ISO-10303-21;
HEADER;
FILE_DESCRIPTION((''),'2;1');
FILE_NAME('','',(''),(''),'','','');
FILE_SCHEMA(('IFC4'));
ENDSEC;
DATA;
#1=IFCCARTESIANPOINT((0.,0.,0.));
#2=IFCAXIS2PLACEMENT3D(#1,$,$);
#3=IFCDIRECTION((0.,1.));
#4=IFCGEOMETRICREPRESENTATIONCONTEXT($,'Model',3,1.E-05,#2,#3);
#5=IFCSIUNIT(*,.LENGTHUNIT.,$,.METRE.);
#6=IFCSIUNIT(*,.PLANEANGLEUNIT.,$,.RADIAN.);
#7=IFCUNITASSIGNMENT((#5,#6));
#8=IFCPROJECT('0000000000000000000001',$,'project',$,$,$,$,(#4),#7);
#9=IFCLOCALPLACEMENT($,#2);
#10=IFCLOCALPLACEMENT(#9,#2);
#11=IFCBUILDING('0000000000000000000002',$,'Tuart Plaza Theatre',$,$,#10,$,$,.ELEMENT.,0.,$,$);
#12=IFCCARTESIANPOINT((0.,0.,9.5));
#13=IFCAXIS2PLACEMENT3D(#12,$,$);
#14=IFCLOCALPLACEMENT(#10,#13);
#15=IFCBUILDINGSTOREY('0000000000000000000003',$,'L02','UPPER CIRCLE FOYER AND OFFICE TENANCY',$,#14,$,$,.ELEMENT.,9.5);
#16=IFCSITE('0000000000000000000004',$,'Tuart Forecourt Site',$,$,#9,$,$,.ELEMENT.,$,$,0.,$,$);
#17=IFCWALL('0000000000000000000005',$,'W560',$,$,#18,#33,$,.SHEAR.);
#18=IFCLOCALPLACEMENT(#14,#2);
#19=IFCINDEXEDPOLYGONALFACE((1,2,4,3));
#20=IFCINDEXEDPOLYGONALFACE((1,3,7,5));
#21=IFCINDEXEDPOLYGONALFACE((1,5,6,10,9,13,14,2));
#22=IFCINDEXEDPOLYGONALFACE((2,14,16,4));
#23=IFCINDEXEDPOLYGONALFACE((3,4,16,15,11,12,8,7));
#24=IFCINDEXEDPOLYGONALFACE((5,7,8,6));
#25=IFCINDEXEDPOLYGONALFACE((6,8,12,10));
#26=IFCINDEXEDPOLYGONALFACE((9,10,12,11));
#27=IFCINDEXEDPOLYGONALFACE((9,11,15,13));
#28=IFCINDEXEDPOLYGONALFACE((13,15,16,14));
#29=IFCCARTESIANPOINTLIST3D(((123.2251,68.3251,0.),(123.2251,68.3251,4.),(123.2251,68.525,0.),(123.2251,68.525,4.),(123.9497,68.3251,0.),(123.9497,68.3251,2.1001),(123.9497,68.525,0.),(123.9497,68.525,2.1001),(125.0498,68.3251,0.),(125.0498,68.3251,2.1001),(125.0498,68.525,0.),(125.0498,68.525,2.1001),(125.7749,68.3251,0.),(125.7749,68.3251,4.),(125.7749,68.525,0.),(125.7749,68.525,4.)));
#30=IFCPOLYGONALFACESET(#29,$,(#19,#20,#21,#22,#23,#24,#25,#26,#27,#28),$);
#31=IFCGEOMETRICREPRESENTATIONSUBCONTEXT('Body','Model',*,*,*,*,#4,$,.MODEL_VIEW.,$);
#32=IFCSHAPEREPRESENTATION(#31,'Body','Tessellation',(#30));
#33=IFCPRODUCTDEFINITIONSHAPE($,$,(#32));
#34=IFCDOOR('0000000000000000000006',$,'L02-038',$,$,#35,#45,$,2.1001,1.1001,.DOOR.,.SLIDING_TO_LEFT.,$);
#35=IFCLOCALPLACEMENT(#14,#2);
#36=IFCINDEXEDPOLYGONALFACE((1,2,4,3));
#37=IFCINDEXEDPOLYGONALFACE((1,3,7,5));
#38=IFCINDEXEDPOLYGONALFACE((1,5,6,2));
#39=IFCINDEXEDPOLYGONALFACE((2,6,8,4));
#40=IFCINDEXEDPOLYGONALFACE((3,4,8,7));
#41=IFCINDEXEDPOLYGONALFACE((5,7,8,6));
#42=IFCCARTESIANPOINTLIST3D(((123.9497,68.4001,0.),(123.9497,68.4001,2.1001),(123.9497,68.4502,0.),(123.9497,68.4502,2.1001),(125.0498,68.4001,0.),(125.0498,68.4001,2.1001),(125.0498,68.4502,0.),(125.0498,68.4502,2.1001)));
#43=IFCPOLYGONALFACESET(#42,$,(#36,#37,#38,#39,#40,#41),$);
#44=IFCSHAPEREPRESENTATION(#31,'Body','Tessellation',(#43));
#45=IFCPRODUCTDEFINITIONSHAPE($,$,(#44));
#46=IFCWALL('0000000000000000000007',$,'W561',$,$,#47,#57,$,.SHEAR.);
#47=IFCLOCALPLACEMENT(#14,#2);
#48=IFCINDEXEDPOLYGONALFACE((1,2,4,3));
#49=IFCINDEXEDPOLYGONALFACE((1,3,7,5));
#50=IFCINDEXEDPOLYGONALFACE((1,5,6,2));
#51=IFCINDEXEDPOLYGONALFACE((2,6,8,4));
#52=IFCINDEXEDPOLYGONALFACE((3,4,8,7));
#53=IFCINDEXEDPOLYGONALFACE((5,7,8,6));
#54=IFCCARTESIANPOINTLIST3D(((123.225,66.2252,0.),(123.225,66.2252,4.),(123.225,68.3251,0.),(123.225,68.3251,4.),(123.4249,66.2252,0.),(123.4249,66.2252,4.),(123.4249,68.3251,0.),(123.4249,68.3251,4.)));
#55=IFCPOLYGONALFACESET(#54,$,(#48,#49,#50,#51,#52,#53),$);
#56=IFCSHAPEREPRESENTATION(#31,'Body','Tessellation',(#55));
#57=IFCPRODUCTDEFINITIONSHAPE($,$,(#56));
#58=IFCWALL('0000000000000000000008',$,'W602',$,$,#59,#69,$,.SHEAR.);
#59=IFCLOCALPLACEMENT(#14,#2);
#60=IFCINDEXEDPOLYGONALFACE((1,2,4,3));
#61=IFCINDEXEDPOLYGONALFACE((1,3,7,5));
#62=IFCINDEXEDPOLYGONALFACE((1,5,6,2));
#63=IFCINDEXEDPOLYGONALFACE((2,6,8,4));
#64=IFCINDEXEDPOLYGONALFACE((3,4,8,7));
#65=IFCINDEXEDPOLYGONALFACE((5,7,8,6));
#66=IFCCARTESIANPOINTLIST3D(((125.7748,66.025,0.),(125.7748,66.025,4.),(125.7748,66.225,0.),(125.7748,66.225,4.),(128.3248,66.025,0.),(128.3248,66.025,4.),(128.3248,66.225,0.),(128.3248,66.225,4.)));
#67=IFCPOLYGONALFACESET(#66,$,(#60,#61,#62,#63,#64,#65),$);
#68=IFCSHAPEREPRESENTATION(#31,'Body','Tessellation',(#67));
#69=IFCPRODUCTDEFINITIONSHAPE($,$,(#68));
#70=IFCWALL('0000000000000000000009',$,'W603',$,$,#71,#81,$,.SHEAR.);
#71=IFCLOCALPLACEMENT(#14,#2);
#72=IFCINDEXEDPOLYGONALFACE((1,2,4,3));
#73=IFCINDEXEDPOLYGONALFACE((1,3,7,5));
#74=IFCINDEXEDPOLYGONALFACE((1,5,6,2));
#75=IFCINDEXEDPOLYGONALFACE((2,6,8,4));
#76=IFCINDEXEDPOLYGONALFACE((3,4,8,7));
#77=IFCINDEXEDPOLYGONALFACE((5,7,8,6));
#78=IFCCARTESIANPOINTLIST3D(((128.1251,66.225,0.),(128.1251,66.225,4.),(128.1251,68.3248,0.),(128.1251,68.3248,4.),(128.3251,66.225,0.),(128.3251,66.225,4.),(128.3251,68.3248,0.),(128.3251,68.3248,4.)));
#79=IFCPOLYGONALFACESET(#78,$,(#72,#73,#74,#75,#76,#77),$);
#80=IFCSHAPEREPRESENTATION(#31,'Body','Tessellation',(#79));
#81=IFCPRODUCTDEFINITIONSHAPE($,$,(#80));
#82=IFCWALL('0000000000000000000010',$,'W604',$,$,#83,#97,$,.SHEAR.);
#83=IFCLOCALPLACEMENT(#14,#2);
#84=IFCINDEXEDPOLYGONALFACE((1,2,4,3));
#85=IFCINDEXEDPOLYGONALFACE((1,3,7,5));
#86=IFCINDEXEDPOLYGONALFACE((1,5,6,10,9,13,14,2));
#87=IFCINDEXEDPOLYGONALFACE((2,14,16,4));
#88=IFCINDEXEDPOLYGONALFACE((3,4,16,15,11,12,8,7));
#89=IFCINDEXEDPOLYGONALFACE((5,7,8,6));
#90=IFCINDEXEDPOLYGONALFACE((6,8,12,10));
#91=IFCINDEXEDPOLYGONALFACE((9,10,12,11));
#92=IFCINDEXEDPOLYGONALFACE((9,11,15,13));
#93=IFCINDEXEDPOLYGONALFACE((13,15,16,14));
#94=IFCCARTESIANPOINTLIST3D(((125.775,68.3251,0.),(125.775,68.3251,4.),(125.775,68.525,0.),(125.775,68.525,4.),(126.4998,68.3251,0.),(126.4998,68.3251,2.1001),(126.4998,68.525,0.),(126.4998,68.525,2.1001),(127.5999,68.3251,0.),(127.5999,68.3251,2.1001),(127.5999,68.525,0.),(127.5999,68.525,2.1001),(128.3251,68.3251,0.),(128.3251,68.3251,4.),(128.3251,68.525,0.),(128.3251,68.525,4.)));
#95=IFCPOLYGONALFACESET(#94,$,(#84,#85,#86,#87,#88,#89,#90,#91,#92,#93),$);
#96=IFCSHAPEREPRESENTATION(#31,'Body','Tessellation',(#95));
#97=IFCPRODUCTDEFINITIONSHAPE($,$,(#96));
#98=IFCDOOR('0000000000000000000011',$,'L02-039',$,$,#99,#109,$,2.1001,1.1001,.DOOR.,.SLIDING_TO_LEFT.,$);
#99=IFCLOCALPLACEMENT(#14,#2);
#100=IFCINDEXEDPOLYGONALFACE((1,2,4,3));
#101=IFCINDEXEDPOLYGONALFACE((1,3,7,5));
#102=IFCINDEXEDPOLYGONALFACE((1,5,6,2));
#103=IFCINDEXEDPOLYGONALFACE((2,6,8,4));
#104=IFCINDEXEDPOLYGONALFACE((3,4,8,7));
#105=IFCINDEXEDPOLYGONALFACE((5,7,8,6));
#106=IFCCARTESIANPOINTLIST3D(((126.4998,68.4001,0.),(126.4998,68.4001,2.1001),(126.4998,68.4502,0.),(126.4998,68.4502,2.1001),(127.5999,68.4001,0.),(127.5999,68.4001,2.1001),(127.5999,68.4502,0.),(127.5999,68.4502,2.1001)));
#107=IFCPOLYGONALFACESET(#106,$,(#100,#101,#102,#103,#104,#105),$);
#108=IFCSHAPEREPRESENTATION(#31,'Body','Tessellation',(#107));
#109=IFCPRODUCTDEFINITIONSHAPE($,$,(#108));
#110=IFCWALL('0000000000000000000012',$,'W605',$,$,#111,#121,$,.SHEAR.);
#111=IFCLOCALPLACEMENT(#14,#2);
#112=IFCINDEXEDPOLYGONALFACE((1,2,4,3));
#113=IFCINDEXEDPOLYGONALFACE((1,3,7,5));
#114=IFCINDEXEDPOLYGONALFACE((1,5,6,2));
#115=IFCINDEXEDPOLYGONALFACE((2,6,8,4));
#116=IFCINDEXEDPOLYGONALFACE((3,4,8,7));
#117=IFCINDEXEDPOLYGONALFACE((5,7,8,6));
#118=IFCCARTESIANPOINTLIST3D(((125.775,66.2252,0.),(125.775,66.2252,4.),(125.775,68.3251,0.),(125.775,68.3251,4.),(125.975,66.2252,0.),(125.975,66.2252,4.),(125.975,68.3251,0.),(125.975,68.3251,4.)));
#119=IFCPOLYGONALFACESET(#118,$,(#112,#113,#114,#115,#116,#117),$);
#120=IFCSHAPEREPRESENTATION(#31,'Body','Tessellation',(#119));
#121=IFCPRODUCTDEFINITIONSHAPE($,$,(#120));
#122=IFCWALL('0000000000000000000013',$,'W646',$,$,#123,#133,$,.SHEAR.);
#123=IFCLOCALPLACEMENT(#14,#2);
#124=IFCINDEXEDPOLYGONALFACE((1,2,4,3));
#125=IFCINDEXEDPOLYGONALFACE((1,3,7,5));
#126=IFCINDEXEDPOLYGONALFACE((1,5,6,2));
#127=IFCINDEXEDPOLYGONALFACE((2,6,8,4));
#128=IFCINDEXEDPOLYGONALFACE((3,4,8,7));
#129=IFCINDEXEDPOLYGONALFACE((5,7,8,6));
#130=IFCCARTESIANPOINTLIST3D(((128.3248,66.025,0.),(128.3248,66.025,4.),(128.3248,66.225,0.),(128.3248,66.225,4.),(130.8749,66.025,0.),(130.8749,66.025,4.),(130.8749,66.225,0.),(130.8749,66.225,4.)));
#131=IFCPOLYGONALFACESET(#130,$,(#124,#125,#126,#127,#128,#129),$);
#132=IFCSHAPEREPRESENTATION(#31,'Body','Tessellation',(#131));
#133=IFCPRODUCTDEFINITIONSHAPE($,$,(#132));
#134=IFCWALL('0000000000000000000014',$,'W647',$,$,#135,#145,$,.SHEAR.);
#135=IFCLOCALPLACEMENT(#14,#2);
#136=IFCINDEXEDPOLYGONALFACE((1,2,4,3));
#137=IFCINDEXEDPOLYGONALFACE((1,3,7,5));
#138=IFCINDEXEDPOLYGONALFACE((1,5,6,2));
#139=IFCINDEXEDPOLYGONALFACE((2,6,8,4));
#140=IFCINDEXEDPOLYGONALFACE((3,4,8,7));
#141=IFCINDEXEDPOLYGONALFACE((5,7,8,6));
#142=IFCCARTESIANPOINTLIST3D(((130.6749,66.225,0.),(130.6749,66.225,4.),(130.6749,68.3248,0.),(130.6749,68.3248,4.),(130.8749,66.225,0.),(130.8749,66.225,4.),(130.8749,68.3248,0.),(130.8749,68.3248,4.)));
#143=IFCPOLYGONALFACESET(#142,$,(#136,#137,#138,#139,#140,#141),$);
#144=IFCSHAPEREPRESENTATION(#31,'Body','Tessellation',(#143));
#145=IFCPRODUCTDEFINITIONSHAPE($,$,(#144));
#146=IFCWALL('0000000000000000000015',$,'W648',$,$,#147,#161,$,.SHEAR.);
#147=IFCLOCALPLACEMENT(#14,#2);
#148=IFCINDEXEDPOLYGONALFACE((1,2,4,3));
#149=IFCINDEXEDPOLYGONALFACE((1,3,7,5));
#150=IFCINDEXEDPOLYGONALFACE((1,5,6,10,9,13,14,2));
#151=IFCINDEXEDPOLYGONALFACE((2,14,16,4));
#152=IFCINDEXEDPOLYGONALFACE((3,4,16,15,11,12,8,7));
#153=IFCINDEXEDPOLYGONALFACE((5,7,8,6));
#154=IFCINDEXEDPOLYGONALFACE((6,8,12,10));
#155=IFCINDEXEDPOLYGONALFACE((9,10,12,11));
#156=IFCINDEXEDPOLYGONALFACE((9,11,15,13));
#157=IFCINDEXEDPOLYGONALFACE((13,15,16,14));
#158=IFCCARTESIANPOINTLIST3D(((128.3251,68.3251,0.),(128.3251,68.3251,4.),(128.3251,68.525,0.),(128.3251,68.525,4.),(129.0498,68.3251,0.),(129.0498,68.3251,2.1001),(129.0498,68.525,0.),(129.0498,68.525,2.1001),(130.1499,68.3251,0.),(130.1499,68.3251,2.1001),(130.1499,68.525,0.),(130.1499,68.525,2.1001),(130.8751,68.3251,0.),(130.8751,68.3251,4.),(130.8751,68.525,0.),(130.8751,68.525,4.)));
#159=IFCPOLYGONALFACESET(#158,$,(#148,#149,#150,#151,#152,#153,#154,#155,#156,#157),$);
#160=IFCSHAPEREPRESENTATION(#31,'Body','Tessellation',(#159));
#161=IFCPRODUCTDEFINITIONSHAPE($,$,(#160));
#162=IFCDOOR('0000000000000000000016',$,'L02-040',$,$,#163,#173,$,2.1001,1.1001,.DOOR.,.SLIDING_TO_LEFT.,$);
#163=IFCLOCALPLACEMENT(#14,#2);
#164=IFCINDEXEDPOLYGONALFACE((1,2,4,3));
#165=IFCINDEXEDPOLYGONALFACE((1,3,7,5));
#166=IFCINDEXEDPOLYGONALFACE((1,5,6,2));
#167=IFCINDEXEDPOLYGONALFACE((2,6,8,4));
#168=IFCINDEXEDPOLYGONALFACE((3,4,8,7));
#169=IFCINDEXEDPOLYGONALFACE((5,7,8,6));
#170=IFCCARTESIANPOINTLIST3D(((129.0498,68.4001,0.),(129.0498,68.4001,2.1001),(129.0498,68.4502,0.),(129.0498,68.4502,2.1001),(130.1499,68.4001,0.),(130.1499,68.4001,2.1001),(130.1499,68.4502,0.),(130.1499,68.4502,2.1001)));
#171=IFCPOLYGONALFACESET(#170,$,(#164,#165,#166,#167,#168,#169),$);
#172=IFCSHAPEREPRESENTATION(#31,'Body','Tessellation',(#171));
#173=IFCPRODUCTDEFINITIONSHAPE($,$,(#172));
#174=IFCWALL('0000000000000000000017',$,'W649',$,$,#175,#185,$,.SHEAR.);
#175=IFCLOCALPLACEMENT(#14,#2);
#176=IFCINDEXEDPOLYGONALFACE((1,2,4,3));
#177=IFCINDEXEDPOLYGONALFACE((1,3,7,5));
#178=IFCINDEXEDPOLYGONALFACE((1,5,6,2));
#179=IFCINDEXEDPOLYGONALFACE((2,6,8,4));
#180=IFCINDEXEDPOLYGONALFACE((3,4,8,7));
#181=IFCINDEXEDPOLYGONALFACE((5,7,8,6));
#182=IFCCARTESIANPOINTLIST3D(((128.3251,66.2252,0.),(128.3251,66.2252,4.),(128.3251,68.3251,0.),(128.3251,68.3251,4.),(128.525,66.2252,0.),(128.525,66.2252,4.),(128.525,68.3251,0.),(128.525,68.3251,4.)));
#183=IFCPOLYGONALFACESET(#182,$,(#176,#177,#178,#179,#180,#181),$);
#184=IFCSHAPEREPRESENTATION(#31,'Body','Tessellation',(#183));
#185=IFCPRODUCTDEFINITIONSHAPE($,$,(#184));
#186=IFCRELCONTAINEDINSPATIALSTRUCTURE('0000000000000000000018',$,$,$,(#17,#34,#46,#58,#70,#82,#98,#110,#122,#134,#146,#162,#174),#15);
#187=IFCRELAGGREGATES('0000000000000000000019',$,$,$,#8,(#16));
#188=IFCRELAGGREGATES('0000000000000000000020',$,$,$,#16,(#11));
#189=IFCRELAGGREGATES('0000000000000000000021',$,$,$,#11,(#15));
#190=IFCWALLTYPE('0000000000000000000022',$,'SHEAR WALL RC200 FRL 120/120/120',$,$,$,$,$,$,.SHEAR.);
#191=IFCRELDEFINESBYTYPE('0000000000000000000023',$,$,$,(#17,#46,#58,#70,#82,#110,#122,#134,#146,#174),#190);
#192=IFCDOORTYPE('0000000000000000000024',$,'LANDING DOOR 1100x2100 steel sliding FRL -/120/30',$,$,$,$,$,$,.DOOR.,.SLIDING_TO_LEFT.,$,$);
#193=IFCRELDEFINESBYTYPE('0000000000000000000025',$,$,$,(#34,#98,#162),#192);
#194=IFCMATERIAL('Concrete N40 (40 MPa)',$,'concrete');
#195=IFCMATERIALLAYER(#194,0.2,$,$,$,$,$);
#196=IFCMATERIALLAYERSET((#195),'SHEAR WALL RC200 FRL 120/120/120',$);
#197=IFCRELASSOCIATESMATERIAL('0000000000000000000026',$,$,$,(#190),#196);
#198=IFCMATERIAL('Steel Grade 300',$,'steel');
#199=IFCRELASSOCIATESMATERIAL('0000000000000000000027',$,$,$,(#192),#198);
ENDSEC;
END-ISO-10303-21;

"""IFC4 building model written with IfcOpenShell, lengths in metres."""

from ifc_helpers import new_model, si_unit, direction, frame, frame_2d, origin, place, context, subcontext, project, spatial, rectangle, extrude, material, layer, layer_set, type_object, element, fill, save


model = new_model("IFC4")

# Units and contexts
model_context = context("Model", 3, precision=1e-05, world=origin(), true_north=direction((0.0, 1.0)))
body_context = subcontext(model_context, "Body", "Model", "MODEL_VIEW")
ifc_project = project(units=[si_unit("LENGTHUNIT", "METRE"), si_unit("PLANEANGLEUNIT", "RADIAN")], contexts=[model_context])

# Site, building, storey
site_placement = place(None, origin())
site = spatial("IfcSite", under=ifc_project, at=site_placement, Name="Tuart Forecourt Site", CompositionType="ELEMENT", RefElevation=0.0)
building_placement = place(site_placement, origin())
building = spatial("IfcBuilding", under=site, at=building_placement, Name="Tuart Plaza Theatre", CompositionType="ELEMENT", ElevationOfRefHeight=0.0)
storey_placement = place(building_placement, frame((0.0, 0.0, 9.5)))
storey = spatial("IfcBuildingStorey", under=building, at=storey_placement, Name="L02", Description="UPPER CIRCLE FOYER AND OFFICE TENANCY", CompositionType="ELEMENT", Elevation=9.5)

# Shared definitions
ifc_material_1 = material(Name="Concrete N40 (40 MPa)", Category="concrete")
ifc_layer_1 = layer(ifc_material_1, 0.2)
ifc_layer_set_1 = layer_set([ifc_layer_1], Name="SHEAR WALL RC200 FRL 120/120/120")
wall_type_1 = type_object("IfcWallType", Name="SHEAR WALL RC200 FRL 120/120/120", PredefinedType="SHEAR", material=ifc_layer_set_1)

# Wall, opening, door
wall_1_placement = place(storey_placement, frame((125.7749, 68.425, 0.0), z_axis=(0.0, 0.0, 1.0), x_axis=(-1.0, 0.0, 0.0)))
wall_1 = element("IfcWall", 1, at=wall_1_placement, inside=storey, type_object=wall_type_1, Name="W560", PredefinedType="SHEAR", context=body_context, shape_type="SweptSolid", body=[
    extrude(rectangle(XDim=2.5498, YDim=0.2, at=frame_2d((1.2749, 0.0))), origin(), (0.0, 0.0, 1.0), 4.0),
])
opening_1_placement = place(wall_1_placement, frame((0.7251, 0.0, 0.0)))
opening_1 = element("IfcOpeningElement", 2, at=opening_1_placement, cuts=wall_1, PredefinedType="OPENING", context=body_context, shape_type="SweptSolid", body=[
    extrude(rectangle(XDim=1.1001, YDim=2.1001, at=frame_2d((0.55, 1.05))), frame((0.0, 0.1099, 0.0), z_axis=(0.0, -1.0, 0.0), x_axis=(1.0, 0.0, 0.0)), (0.0, 0.0, 1.0), 0.22),
])
ifc_material_2 = material(Name="Steel Grade 300", Category="steel")
door_type_1 = type_object("IfcDoorType", Name="LANDING DOOR 1100x2100 steel sliding FRL -/120/30", OperationType="SLIDING_TO_LEFT", PredefinedType="DOOR", material=ifc_material_2)
door_1_placement = place(opening_1_placement, origin())
door_1 = element("IfcDoor", 3, at=door_1_placement, inside=storey, type_object=door_type_1, Name="L02-038", OperationType="SLIDING_TO_LEFT", OverallHeight=2.1001, OverallWidth=1.1001, PredefinedType="DOOR", context=body_context, shape_type="SweptSolid", body=[
    extrude(rectangle(XDim=1.1001, YDim=2.1001, at=frame_2d((0.55, 1.05))), frame((0.0, 0.0249, 0.0), z_axis=(0.0, -1.0, 0.0), x_axis=(1.0, 0.0, 0.0)), (0.0, 0.0, 1.0), 0.05),
])
fill(opening_1, door_1)

# Walls
wall_2_placement = place(storey_placement, frame((123.325, 68.325, 0.0), z_axis=(0.0, 0.0, 1.0), x_axis=(0.0, -1.0, 0.0)))
element("IfcWall", 4, at=wall_2_placement, inside=storey, type_object=wall_type_1, Name="W561", PredefinedType="SHEAR", context=body_context, shape_type="SweptSolid", body=[
    extrude(rectangle(XDim=2.0999, YDim=0.2, at=frame_2d((1.0498, 0.0))), origin(), (0.0, 0.0, 1.0), 4.0),
])
wall_3_placement = place(storey_placement, frame((125.7749, 66.125, 0.0), z_axis=(0.0, 0.0, 1.0), x_axis=(1.0, 0.0, 0.0)))
element("IfcWall", 5, at=wall_3_placement, inside=storey, type_object=wall_type_1, Name="W602", PredefinedType="SHEAR", context=body_context, shape_type="SweptSolid", body=[
    extrude(rectangle(XDim=2.55, YDim=0.2, at=frame_2d((1.2749, 0.0))), origin(), (0.0, 0.0, 1.0), 4.0),
])
wall_4_placement = place(storey_placement, frame((128.2251, 66.2251, 0.0), z_axis=(0.0, 0.0, 1.0), x_axis=(0.0, 1.0, 0.0)))
element("IfcWall", 6, at=wall_4_placement, inside=storey, type_object=wall_type_1, Name="W603", PredefinedType="SHEAR", context=body_context, shape_type="SweptSolid", body=[
    extrude(rectangle(XDim=2.0999, YDim=0.2, at=frame_2d((1.0498, 0.0))), origin(), (0.0, 0.0, 1.0), 4.0),
])

# Wall, opening, door
wall_5_placement = place(storey_placement, frame((128.325, 68.425, 0.0), z_axis=(0.0, 0.0, 1.0), x_axis=(-1.0, 0.0, 0.0)))
wall_5 = element("IfcWall", 7, at=wall_5_placement, inside=storey, type_object=wall_type_1, Name="W604", PredefinedType="SHEAR", context=body_context, shape_type="SweptSolid", body=[
    extrude(rectangle(XDim=2.55, YDim=0.2, at=frame_2d((1.2749, 0.0))), origin(), (0.0, 0.0, 1.0), 4.0),
])
opening_2_placement = place(wall_5_placement, frame((0.7251, 0.0, 0.0)))
opening_2 = element("IfcOpeningElement", 8, at=opening_2_placement, cuts=wall_5, PredefinedType="OPENING", context=body_context, shape_type="SweptSolid", body=[
    extrude(rectangle(XDim=1.1001, YDim=2.1001, at=frame_2d((0.55, 1.05))), frame((0.0, 0.1099, 0.0), z_axis=(0.0, -1.0, 0.0), x_axis=(1.0, 0.0, 0.0)), (0.0, 0.0, 1.0), 0.22),
])
door_2_placement = place(opening_2_placement, origin())
door_2 = element("IfcDoor", 9, at=door_2_placement, inside=storey, type_object=door_type_1, Name="L02-039", OperationType="SLIDING_TO_LEFT", OverallHeight=2.1001, OverallWidth=1.1001, PredefinedType="DOOR", context=body_context, shape_type="SweptSolid", body=[
    extrude(rectangle(XDim=1.1001, YDim=2.1001, at=frame_2d((0.55, 1.05))), frame((0.0, 0.0249, 0.0), z_axis=(0.0, -1.0, 0.0), x_axis=(1.0, 0.0, 0.0)), (0.0, 0.0, 1.0), 0.05),
])
fill(opening_2, door_2)

# Walls
wall_6_placement = place(storey_placement, frame((125.875, 68.325, 0.0), z_axis=(0.0, 0.0, 1.0), x_axis=(0.0, -1.0, 0.0)))
element("IfcWall", 10, at=wall_6_placement, inside=storey, type_object=wall_type_1, Name="W605", PredefinedType="SHEAR", context=body_context, shape_type="SweptSolid", body=[
    extrude(rectangle(XDim=2.0999, YDim=0.2, at=frame_2d((1.0498, 0.0))), origin(), (0.0, 0.0, 1.0), 4.0),
])
wall_7_placement = place(storey_placement, frame((128.325, 66.125, 0.0), z_axis=(0.0, 0.0, 1.0), x_axis=(1.0, 0.0, 0.0)))
element("IfcWall", 11, at=wall_7_placement, inside=storey, type_object=wall_type_1, Name="W646", PredefinedType="SHEAR", context=body_context, shape_type="SweptSolid", body=[
    extrude(rectangle(XDim=2.55, YDim=0.2, at=frame_2d((1.2749, 0.0))), origin(), (0.0, 0.0, 1.0), 4.0),
])
wall_8_placement = place(storey_placement, frame((130.7749, 66.2251, 0.0), z_axis=(0.0, 0.0, 1.0), x_axis=(0.0, 1.0, 0.0)))
element("IfcWall", 12, at=wall_8_placement, inside=storey, type_object=wall_type_1, Name="W647", PredefinedType="SHEAR", context=body_context, shape_type="SweptSolid", body=[
    extrude(rectangle(XDim=2.0999, YDim=0.2, at=frame_2d((1.0498, 0.0))), origin(), (0.0, 0.0, 1.0), 4.0),
])

# Wall, opening, door
wall_9_placement = place(storey_placement, frame((130.875, 68.425, 0.0), z_axis=(0.0, 0.0, 1.0), x_axis=(-1.0, 0.0, 0.0)))
wall_9 = element("IfcWall", 13, at=wall_9_placement, inside=storey, type_object=wall_type_1, Name="W648", PredefinedType="SHEAR", context=body_context, shape_type="SweptSolid", body=[
    extrude(rectangle(XDim=2.55, YDim=0.2, at=frame_2d((1.2749, 0.0))), origin(), (0.0, 0.0, 1.0), 4.0),
])
opening_3_placement = place(wall_9_placement, frame((0.7251, 0.0, 0.0)))
opening_3 = element("IfcOpeningElement", 14, at=opening_3_placement, cuts=wall_9, PredefinedType="OPENING", context=body_context, shape_type="SweptSolid", body=[
    extrude(rectangle(XDim=1.1001, YDim=2.1001, at=frame_2d((0.55, 1.05))), frame((0.0, 0.1099, 0.0), z_axis=(0.0, -1.0, 0.0), x_axis=(1.0, 0.0, 0.0)), (0.0, 0.0, 1.0), 0.22),
])
door_3_placement = place(opening_3_placement, origin())
door_3 = element("IfcDoor", 15, at=door_3_placement, inside=storey, type_object=door_type_1, Name="L02-040", OperationType="SLIDING_TO_LEFT", OverallHeight=2.1001, OverallWidth=1.1001, PredefinedType="DOOR", context=body_context, shape_type="SweptSolid", body=[
    extrude(rectangle(XDim=1.1001, YDim=2.1001, at=frame_2d((0.55, 1.05))), frame((0.0, 0.0249, 0.0), z_axis=(0.0, -1.0, 0.0), x_axis=(1.0, 0.0, 0.0)), (0.0, 0.0, 1.0), 0.05),
])
fill(opening_3, door_3)

# Wall
wall_10_placement = place(storey_placement, frame((128.425, 68.325, 0.0), z_axis=(0.0, 0.0, 1.0), x_axis=(0.0, -1.0, 0.0)))
element("IfcWall", 16, at=wall_10_placement, inside=storey, type_object=wall_type_1, Name="W649", PredefinedType="SHEAR", context=body_context, shape_type="SweptSolid", body=[
    extrude(rectangle(XDim=2.0999, YDim=0.2, at=frame_2d((1.0498, 0.0))), origin(), (0.0, 0.0, 1.0), 4.0),
])

save(model, "model.ifc")
